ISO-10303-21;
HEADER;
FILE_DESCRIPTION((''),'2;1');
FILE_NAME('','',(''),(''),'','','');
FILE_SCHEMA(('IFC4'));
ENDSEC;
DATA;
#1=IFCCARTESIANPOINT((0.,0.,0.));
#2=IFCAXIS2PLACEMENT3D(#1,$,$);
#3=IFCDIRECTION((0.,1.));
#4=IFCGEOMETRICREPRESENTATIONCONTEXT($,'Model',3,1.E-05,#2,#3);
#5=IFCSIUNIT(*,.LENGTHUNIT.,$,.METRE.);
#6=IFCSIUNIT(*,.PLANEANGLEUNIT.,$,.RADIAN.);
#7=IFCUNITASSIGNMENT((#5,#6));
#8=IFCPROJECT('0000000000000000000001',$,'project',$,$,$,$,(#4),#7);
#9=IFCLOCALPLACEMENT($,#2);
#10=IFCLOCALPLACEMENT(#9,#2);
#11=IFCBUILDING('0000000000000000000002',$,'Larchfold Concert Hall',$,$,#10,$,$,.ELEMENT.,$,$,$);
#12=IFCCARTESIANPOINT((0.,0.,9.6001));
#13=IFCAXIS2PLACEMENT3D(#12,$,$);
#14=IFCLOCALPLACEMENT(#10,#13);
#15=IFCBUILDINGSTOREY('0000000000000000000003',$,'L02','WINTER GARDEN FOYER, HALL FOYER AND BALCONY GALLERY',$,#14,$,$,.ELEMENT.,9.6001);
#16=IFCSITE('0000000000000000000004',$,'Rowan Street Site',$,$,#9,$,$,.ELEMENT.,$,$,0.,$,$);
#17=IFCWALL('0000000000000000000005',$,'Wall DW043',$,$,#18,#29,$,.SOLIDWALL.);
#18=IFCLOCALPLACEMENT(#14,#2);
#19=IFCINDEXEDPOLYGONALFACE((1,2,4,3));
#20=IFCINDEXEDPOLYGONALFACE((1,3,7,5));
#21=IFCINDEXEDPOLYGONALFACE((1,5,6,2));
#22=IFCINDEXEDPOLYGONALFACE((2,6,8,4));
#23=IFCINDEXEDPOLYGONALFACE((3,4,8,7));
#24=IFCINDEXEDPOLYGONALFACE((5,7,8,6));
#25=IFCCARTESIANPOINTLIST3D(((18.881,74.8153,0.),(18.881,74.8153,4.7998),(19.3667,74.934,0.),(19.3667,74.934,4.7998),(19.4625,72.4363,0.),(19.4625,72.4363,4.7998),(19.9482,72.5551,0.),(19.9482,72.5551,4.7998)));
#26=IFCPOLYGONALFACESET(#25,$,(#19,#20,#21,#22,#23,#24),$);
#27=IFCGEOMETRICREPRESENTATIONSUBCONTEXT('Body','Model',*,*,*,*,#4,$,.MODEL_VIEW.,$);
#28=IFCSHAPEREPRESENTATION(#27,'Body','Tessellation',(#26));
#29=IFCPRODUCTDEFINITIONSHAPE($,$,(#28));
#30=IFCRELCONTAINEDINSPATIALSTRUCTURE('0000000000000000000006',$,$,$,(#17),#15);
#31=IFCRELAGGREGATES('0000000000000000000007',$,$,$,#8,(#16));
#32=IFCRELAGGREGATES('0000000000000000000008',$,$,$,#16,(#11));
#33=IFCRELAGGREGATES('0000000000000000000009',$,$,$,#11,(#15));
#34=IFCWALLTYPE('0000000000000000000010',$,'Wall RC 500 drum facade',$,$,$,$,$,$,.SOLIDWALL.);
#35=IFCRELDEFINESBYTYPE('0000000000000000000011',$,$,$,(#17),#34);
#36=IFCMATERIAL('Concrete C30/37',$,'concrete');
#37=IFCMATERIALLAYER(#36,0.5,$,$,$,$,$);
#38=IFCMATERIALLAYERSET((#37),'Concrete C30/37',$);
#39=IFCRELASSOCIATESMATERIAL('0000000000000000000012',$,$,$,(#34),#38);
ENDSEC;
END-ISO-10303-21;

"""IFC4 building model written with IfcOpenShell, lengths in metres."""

from ifc_helpers import new_model, si_unit, direction, frame, frame_2d, origin, place, context, subcontext, project, spatial, rectangle, extrude, material, layer, layer_set, type_object, element, save


model = new_model("IFC4")

# Units and contexts
model_context = context("Model", 3, precision=1e-05, world=origin(), true_north=direction((0.0, 1.0)))
body_context = subcontext(model_context, "Body", "Model", "MODEL_VIEW")
ifc_project = project(units=[si_unit("LENGTHUNIT", "METRE"), si_unit("PLANEANGLEUNIT", "RADIAN")], contexts=[model_context])

# Site, building, storey
site_placement = place(None, origin())
site = spatial("IfcSite", under=ifc_project, at=site_placement, Name="Rowan Street Site", CompositionType="ELEMENT", RefElevation=0.0)
building_placement = place(site_placement, origin())
building = spatial("IfcBuilding", under=site, at=building_placement, Name="Larchfold Concert Hall", CompositionType="ELEMENT")
storey_placement = place(building_placement, frame((0.0, 0.0, 9.6001)))
storey = spatial("IfcBuildingStorey", under=building, at=storey_placement, Name="L02", Description="WINTER GARDEN FOYER, HALL FOYER AND BALCONY GALLERY", CompositionType="ELEMENT", Elevation=9.6001)

# Wall
ifc_material_1 = material(Name="Concrete C30/37", Category="concrete")
ifc_layer_1 = layer(ifc_material_1, 0.5)
ifc_layer_set_1 = layer_set([ifc_layer_1], Name="Concrete C30/37")
wall_type = type_object("IfcWallType", Name="Wall RC 500 drum facade", PredefinedType="SOLIDWALL", material=ifc_layer_set_1)
for number, where, z_axis, x_axis, name in (
    (1, (19.1238, 74.8748, 0.0), (0.0, 0.0, 1.0), (0.237466, -0.971396, 0.0), "Wall DW043"),
):
    element("IfcWall", number, at=place(storey_placement, frame(where, z_axis=z_axis, x_axis=x_axis)), inside=storey, type_object=wall_type, Name=name, PredefinedType="SOLIDWALL", context=body_context, shape_type="SweptSolid", body=[
        extrude(rectangle(XDim=2.449, YDim=0.5, at=frame_2d((1.2246, 0.0))), origin(), (0.0, 0.0, 1.0), 4.7998),
    ])

save(model, "model.ifc")
